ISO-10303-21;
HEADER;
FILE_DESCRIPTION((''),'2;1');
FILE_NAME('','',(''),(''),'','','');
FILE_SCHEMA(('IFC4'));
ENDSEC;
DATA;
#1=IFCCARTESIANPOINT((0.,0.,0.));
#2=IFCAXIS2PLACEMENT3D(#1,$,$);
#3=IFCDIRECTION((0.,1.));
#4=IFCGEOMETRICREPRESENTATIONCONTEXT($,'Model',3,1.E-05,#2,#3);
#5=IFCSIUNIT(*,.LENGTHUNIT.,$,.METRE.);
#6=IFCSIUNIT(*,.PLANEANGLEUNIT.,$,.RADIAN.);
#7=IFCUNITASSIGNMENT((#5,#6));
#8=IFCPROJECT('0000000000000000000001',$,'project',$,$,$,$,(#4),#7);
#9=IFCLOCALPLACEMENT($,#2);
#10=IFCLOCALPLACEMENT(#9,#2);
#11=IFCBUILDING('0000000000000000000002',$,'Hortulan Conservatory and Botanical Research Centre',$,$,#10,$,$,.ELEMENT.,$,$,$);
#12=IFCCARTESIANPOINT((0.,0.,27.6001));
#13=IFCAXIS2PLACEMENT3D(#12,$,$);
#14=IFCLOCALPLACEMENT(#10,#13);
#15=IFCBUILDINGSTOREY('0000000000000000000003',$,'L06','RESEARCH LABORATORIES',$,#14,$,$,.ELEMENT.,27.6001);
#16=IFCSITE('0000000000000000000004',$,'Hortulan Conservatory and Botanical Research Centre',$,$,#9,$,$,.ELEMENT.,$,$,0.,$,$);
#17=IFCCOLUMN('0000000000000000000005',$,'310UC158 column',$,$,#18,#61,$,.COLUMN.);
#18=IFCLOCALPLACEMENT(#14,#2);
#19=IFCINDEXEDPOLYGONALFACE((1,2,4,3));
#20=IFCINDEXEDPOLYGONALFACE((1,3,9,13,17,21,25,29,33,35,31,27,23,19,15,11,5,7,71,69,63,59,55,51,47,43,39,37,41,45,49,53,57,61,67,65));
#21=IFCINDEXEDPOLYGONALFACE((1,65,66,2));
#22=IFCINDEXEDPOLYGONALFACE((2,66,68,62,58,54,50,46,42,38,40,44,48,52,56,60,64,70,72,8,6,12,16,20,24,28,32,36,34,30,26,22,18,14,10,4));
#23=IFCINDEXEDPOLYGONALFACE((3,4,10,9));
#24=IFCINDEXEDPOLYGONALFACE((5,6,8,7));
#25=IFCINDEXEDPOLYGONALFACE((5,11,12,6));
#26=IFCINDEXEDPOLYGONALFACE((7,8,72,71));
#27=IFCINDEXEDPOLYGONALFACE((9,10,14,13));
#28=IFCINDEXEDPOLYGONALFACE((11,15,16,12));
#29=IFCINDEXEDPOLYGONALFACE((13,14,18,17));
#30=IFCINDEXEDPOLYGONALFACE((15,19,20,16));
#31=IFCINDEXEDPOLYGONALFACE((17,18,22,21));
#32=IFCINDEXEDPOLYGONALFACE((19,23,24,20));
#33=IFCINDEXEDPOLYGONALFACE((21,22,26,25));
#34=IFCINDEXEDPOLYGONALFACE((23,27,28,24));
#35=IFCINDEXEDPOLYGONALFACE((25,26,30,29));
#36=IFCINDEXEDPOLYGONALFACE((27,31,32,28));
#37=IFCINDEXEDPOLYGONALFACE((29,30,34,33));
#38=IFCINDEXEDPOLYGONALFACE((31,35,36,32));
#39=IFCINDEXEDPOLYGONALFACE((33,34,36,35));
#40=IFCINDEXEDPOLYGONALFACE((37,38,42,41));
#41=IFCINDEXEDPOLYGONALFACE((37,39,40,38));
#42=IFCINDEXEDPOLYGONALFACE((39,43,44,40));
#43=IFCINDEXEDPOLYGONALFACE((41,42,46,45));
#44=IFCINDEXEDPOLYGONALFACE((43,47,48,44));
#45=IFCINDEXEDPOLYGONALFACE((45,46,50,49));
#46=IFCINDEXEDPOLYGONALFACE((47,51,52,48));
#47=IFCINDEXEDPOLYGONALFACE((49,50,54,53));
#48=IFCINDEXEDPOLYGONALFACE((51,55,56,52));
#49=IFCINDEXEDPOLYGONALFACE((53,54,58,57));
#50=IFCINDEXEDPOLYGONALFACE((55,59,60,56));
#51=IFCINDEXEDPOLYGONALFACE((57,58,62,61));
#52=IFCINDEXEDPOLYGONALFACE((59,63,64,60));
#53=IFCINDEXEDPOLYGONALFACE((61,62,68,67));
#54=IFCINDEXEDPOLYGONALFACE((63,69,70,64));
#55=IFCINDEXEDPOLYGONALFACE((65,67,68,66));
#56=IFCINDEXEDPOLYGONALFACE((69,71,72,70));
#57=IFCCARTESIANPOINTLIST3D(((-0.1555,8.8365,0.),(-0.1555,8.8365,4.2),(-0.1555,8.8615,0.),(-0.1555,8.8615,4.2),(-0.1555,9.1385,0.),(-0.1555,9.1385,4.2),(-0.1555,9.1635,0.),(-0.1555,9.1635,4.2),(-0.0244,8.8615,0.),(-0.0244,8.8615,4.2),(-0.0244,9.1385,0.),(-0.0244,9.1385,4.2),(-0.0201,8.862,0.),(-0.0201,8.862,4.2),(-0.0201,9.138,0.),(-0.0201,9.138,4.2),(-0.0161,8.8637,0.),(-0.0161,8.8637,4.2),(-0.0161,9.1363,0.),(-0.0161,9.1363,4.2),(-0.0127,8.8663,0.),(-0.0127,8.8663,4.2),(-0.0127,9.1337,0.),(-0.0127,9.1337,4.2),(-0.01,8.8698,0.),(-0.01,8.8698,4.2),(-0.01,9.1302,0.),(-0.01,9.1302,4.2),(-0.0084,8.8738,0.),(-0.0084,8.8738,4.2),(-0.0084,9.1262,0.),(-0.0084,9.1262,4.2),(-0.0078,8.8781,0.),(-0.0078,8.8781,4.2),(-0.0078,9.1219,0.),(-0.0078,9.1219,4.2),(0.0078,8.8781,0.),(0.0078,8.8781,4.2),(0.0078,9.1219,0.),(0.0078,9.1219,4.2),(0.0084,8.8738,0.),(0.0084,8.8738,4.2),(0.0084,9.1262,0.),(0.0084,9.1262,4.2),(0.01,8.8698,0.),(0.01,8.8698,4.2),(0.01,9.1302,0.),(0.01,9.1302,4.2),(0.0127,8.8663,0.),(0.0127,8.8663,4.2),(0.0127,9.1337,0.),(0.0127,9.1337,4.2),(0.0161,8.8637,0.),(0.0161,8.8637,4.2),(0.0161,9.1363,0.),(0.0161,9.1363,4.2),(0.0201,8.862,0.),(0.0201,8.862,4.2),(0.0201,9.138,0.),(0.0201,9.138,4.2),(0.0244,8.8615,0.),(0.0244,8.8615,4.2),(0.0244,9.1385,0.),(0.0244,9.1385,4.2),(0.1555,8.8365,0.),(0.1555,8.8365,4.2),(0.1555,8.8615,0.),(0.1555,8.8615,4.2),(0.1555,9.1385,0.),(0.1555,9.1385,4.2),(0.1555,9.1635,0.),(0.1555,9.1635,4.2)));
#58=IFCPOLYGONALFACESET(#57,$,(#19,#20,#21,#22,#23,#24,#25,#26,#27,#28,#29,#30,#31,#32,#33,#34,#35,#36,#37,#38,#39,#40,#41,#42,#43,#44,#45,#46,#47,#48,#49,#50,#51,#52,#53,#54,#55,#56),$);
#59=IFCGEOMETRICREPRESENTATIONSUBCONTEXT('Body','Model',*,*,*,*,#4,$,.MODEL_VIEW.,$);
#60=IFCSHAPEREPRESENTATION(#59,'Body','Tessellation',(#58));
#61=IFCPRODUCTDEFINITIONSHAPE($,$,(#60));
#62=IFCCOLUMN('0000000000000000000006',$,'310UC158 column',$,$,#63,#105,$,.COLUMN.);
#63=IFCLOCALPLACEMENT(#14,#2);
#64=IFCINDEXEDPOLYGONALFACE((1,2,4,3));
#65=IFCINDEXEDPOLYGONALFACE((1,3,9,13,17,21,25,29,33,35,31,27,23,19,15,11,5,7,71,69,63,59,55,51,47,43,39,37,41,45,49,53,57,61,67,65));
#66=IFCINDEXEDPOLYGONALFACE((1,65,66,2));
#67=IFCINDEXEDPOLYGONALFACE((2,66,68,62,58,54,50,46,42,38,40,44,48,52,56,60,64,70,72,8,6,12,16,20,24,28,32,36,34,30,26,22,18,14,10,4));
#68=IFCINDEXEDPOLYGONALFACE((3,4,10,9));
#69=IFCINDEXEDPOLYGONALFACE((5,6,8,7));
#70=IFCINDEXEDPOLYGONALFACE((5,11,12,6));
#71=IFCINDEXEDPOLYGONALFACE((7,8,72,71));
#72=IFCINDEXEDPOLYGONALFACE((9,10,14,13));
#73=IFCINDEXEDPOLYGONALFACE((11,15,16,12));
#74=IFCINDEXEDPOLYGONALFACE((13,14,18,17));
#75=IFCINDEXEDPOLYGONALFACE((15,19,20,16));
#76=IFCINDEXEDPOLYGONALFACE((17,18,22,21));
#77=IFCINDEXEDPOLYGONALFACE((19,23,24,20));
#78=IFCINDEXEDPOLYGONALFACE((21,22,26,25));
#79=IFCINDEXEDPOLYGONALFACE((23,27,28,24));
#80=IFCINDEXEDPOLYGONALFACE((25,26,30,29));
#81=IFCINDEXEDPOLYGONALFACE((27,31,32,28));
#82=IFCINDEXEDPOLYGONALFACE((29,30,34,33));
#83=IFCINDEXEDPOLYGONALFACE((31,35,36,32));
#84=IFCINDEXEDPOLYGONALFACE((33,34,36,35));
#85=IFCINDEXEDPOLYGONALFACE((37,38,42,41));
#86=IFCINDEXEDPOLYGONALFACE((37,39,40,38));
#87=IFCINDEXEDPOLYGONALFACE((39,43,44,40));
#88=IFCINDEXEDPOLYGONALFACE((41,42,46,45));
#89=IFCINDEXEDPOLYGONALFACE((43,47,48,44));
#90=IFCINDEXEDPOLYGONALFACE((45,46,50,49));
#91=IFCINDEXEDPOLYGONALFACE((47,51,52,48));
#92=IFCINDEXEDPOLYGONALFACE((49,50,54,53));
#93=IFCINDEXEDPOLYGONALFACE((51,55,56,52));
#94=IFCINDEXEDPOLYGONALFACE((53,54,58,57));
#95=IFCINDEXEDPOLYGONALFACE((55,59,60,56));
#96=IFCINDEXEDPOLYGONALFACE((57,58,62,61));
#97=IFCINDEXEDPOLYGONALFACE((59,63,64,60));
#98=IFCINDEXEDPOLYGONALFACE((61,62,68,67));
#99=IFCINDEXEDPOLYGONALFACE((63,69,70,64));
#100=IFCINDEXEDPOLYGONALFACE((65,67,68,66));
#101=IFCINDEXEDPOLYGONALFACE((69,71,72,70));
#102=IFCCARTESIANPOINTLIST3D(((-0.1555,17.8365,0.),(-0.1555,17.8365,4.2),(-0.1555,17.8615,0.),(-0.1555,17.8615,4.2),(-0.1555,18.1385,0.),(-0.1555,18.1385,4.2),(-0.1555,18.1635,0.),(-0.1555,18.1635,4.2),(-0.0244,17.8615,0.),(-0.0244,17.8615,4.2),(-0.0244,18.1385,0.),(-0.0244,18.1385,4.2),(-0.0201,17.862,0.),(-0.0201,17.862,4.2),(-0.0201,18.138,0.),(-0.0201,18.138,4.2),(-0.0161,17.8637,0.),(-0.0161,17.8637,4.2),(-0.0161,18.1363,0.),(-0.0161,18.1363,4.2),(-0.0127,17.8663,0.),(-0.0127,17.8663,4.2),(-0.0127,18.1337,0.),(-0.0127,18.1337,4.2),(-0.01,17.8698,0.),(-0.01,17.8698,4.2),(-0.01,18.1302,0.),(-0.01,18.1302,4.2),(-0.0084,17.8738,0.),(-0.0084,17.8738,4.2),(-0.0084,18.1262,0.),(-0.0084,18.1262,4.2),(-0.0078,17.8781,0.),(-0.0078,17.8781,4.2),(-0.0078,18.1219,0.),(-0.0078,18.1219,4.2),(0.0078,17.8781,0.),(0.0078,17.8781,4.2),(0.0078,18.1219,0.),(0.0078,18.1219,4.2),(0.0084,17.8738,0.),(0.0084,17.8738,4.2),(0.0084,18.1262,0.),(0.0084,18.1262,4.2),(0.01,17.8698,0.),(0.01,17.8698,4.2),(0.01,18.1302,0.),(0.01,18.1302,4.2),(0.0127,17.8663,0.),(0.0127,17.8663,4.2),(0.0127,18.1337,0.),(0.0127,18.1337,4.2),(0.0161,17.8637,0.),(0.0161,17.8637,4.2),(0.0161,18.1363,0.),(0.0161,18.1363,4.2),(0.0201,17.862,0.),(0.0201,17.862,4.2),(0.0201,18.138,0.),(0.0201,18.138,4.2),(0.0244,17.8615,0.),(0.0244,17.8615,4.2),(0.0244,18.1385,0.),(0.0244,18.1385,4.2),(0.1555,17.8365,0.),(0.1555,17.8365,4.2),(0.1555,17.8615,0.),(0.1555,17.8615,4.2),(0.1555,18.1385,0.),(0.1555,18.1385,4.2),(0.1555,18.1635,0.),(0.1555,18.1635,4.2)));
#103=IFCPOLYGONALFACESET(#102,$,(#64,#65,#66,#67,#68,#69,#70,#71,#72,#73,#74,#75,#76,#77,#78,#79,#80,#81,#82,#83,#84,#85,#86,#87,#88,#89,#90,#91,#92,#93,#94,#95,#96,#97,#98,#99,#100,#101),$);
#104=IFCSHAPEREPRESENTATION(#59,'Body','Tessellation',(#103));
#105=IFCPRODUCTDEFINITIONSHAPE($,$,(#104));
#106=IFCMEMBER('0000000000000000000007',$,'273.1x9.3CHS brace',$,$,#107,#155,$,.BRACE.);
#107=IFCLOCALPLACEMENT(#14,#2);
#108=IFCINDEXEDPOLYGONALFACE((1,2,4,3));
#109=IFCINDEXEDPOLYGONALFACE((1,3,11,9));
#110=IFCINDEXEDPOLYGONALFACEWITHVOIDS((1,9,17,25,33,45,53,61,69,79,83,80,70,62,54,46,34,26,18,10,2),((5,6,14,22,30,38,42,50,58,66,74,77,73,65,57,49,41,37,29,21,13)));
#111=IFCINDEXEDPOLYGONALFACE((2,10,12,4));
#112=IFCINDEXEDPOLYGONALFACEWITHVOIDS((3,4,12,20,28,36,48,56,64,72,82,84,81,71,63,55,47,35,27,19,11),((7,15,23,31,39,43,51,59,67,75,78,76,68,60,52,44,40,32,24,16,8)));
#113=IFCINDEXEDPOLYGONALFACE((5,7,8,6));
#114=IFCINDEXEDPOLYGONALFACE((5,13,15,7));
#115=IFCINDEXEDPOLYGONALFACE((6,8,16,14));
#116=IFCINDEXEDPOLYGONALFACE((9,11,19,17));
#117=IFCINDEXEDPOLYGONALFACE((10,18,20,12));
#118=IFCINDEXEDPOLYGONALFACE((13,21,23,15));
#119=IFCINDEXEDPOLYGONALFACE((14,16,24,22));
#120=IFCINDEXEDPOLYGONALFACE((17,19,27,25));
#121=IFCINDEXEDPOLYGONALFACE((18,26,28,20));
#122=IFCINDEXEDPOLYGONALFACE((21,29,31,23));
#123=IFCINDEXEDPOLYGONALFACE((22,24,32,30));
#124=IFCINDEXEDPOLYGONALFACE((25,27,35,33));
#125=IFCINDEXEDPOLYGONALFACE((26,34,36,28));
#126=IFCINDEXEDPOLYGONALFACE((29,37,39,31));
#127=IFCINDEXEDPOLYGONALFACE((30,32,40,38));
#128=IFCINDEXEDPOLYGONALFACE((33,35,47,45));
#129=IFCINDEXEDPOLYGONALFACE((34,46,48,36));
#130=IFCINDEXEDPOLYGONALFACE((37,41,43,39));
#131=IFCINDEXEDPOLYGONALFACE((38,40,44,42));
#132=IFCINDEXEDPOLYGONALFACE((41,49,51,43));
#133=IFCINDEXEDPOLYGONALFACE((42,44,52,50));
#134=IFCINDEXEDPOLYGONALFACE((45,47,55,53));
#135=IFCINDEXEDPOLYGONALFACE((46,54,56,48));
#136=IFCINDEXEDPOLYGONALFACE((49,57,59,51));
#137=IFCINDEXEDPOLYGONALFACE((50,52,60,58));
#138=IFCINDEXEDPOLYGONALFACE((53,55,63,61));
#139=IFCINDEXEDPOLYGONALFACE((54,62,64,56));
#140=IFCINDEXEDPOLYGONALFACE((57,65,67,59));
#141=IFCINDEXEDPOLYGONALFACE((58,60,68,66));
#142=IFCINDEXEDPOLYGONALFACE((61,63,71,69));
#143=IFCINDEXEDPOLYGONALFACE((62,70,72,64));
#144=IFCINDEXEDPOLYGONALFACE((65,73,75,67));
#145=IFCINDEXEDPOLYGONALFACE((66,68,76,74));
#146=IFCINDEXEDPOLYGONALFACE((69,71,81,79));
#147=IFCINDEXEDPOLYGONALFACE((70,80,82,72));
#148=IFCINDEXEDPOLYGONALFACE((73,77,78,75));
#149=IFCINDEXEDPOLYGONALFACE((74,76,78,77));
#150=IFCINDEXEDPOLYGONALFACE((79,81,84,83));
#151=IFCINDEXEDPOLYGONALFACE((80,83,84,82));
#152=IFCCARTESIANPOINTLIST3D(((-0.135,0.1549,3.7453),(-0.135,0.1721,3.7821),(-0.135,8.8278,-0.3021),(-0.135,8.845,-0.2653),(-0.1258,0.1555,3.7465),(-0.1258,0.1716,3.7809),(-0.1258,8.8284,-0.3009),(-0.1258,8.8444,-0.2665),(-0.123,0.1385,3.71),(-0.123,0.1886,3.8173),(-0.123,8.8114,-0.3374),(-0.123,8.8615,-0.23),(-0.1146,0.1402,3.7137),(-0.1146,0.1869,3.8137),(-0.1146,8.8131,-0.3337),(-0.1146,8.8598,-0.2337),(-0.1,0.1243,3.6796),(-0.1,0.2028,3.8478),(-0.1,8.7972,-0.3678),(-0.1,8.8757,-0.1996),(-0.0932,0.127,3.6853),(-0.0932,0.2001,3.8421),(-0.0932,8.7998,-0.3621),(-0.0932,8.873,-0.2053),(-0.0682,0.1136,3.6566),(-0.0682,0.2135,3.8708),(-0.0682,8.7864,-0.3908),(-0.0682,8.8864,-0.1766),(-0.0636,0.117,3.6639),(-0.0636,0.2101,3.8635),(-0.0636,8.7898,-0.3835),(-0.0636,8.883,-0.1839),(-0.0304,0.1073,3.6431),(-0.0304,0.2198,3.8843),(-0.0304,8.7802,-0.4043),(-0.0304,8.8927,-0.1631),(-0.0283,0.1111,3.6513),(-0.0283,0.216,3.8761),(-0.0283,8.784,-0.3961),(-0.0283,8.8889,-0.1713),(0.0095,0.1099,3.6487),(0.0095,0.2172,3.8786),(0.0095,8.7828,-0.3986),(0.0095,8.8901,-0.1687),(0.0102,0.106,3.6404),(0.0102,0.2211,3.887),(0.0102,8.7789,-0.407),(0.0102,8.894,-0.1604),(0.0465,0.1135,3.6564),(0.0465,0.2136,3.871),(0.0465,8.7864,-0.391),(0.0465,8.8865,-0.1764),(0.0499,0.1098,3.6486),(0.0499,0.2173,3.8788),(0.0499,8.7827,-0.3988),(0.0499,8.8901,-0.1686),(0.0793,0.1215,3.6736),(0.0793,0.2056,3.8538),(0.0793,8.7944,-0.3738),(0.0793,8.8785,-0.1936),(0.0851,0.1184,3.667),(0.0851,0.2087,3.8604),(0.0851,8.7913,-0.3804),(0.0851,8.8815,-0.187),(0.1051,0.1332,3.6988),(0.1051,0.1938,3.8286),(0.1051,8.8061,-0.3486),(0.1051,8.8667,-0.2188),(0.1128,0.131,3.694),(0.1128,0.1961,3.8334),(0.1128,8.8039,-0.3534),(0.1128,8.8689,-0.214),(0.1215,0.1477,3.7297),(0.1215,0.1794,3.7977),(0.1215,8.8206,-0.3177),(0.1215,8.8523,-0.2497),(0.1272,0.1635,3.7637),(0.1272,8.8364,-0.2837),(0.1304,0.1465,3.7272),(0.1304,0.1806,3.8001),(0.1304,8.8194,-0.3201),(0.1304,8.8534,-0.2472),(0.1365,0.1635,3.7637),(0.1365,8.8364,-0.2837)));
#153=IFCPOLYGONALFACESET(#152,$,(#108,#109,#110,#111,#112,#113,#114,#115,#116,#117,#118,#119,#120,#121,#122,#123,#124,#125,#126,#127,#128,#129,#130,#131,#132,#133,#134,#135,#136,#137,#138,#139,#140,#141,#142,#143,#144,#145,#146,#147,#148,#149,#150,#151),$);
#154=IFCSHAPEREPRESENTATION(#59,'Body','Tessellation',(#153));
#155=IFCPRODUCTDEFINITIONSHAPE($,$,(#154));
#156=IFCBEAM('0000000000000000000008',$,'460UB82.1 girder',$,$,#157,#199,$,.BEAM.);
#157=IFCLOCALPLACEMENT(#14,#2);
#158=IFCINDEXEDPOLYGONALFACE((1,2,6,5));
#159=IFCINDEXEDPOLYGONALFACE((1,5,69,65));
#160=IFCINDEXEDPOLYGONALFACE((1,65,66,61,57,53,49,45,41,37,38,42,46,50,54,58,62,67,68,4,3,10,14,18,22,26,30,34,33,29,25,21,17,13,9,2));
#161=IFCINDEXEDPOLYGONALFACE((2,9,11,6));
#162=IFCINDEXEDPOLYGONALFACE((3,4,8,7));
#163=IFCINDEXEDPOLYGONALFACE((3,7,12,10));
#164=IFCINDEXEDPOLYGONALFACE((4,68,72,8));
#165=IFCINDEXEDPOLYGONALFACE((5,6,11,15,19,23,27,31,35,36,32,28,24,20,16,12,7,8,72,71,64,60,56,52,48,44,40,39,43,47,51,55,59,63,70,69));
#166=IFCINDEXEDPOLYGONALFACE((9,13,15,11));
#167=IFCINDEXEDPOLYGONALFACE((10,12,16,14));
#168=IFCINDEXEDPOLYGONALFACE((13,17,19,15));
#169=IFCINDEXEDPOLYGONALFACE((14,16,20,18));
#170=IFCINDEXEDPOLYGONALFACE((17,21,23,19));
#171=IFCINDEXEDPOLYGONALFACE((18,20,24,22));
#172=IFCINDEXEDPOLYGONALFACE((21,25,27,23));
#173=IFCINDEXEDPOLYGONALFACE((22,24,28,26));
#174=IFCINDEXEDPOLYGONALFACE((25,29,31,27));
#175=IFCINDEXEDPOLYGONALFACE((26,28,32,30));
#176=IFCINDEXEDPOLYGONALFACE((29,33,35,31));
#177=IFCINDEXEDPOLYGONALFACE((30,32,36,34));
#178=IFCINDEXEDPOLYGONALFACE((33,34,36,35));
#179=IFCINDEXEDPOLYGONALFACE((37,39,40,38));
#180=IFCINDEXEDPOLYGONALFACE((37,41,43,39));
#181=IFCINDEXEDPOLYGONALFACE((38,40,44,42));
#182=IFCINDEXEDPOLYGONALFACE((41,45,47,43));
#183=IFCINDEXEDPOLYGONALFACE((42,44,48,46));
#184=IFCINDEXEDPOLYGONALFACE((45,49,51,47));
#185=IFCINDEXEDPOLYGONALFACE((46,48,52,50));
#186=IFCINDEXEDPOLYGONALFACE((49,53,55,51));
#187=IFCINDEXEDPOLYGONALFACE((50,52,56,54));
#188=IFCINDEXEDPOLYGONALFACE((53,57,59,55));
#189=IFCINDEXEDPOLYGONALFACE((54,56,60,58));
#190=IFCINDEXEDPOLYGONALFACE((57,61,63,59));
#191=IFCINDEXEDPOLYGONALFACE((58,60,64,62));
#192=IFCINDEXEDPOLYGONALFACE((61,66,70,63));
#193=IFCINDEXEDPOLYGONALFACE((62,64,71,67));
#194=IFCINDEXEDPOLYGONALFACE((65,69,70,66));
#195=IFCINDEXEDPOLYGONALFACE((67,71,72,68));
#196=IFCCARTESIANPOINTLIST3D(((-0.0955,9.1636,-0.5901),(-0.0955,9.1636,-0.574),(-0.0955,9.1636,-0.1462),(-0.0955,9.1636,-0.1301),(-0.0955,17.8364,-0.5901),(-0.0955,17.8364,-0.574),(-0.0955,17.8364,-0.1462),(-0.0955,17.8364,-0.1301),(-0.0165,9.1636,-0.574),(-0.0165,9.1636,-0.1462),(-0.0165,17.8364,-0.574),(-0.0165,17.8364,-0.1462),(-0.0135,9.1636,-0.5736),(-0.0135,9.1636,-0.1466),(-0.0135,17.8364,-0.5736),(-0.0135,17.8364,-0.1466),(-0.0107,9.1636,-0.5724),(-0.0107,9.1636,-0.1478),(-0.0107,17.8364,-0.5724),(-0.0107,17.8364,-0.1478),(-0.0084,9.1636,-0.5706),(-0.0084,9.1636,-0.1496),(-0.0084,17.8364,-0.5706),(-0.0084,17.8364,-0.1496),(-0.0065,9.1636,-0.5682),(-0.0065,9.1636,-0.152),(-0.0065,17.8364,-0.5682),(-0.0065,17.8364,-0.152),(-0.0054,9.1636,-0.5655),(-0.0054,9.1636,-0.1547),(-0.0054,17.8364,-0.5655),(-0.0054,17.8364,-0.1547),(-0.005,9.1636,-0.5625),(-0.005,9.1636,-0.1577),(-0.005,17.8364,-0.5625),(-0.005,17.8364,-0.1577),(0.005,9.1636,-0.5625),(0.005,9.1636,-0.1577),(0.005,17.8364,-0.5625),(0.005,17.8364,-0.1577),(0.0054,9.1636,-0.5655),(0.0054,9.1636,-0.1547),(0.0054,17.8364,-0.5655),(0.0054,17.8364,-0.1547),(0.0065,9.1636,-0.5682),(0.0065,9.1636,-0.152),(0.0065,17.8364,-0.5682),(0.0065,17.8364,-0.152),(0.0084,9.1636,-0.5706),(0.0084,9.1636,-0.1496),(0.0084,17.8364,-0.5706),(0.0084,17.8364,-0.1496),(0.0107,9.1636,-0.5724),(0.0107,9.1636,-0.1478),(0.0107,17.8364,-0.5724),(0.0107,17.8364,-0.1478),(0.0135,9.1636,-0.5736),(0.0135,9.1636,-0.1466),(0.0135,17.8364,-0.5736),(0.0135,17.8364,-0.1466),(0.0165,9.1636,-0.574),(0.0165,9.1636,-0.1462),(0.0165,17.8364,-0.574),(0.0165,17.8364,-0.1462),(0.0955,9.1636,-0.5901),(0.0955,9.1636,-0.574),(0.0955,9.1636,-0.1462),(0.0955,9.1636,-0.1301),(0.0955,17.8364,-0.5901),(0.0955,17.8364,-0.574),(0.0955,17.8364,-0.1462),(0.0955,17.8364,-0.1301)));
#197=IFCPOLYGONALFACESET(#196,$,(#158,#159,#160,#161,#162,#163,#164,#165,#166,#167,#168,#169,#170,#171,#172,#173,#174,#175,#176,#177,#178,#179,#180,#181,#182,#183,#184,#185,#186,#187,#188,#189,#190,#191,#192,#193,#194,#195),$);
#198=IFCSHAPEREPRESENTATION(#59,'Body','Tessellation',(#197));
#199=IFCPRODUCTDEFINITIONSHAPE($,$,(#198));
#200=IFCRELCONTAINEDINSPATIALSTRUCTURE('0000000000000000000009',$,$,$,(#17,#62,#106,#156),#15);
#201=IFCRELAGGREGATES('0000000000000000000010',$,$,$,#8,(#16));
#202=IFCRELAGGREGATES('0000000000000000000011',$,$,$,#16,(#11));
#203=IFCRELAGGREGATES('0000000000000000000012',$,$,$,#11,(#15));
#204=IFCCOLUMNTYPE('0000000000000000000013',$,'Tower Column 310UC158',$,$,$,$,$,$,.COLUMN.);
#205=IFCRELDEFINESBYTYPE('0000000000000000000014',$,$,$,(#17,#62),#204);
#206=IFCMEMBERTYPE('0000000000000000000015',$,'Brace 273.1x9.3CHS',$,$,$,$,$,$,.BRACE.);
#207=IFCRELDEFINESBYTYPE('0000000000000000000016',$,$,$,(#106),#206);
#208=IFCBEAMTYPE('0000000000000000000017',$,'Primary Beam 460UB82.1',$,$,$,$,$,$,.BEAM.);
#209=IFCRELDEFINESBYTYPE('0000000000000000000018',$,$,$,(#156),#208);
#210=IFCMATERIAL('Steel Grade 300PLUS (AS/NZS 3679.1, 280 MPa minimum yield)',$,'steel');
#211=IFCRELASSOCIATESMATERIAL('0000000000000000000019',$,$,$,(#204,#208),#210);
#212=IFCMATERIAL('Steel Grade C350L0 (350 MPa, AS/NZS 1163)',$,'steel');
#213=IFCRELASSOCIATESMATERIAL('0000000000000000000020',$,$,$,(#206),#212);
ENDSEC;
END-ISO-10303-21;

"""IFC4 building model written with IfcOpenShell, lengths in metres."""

from ifc_helpers import new_model, si_unit, direction, frame, origin, origin_2d, place, context, subcontext, project, spatial, hollow_circle, i_section, extrude, material, material_profile, profile_set, type_object, element, save


model = new_model("IFC4")

# Units and contexts
model_context = context("Model", 3, precision=1e-05, world=origin(), true_north=direction((0.0, 1.0)))
body_context = subcontext(model_context, "Body", "Model", "MODEL_VIEW")
ifc_project = project(units=[si_unit("LENGTHUNIT", "METRE"), si_unit("PLANEANGLEUNIT", "RADIAN")], contexts=[model_context])

# Site, building, storey
site_placement = place(None, origin())
site = spatial("IfcSite", under=ifc_project, at=site_placement, Name="Hortulan Conservatory and Botanical Research Centre", CompositionType="ELEMENT", RefElevation=0.0)
building_placement = place(site_placement, origin())
building = spatial("IfcBuilding", under=site, at=building_placement, Name="Hortulan Conservatory and Botanical Research Centre", CompositionType="ELEMENT")
storey_placement = place(building_placement, frame((0.0, 0.0, 27.6001)))
storey = spatial("IfcBuildingStorey", under=building, at=storey_placement, Name="L06", Description="RESEARCH LABORATORIES", CompositionType="ELEMENT", Elevation=27.6001)

# Columns
ifc_material_1 = material(Name="Steel Grade 300PLUS (AS/NZS 3679.1, 280 MPa minimum yield)", Category="steel")
ifc_material_profile_1 = material_profile(ifc_material_1, i_section(OverallWidth=0.311, OverallDepth=0.3269, WebThickness=0.0156, FlangeThickness=0.0249, FilletRadius=0.0166, at=origin_2d()), Name="310UC158")
ifc_profile_set_1 = profile_set([ifc_material_profile_1], Name="Steel Grade 300PLUS (AS/NZS 3679.1, 280 MPa minimum yield)")
column_type = type_object("IfcColumnType", Name="Tower Column 310UC158", PredefinedType="COLUMN", material=ifc_profile_set_1)
for number, where, z_axis, x_axis, name in (
    (1, (0.0, 9.0, 0.0), (0.0, 0.0, 1.0), (1.0, 0.0, 0.0), "310UC158 column"),
    (2, (0.0, 18.0, 0.0), (0.0, 0.0, 1.0), (1.0, 0.0, 0.0), "310UC158 column"),
):
    element("IfcColumn", number, at=place(storey_placement, frame(where, z_axis=z_axis, x_axis=x_axis)), inside=storey, type_object=column_type, Name=name, PredefinedType="COLUMN", context=body_context, shape_type="SweptSolid", body=[
        extrude(i_section(OverallWidth=0.311, OverallDepth=0.3269, WebThickness=0.0156, FlangeThickness=0.0249, FilletRadius=0.0166, at=origin_2d()), origin(), (0.0, 0.0, 1.0), 4.2),
    ])

# Member
ifc_material_2 = material(Name="Steel Grade C350L0 (350 MPa, AS/NZS 1163)", Category="steel")
ifc_material_profile_2 = material_profile(ifc_material_2, hollow_circle(Radius=0.1365, WallThickness=0.0093, at=origin_2d()), Name="273.1x9.3CHS")
ifc_profile_set_2 = profile_set([ifc_material_profile_2], Name="Steel Grade C350L0 (350 MPa, AS/NZS 1163)")
member_type = type_object("IfcMemberType", Name="Brace 273.1x9.3CHS", PredefinedType="BRACE", material=ifc_profile_set_2)
member_placement = place(storey_placement, frame((0.0, 8.8364, -0.2837), z_axis=(0.0, -0.906182, 0.422888), x_axis=(1.0, 0.0, 0.0)))
element("IfcMember", 3, at=member_placement, inside=storey, type_object=member_type, Name="273.1x9.3CHS brace", PredefinedType="BRACE", context=body_context, shape_type="SweptSolid", body=[
    extrude(hollow_circle(Radius=0.1365, WallThickness=0.0093, at=origin_2d()), origin(), (0.0, 0.0, 1.0), 9.5708),
])

# Beam
ifc_material_profile_3 = material_profile(ifc_material_1, i_section(OverallWidth=0.1909, OverallDepth=0.46, WebThickness=0.01, FlangeThickness=0.0161, FilletRadius=0.0115, at=origin_2d()), Name="460UB82.1")
ifc_profile_set_3 = profile_set([ifc_material_profile_3], Name="Steel Grade 300PLUS (AS/NZS 3679.1, 280 MPa minimum yield)")
beam_type_1 = type_object("IfcBeamType", Name="Primary Beam 460UB82.1", PredefinedType="BEAM", material=ifc_profile_set_3)
beam_placement = place(storey_placement, frame((0.0, 9.1636, -0.3601), z_axis=(0.0, 1.0, 0.0), x_axis=(-1.0, 0.0, 0.0)))
element("IfcBeam", 4, at=beam_placement, inside=storey, type_object=beam_type_1, Name="460UB82.1 girder", PredefinedType="BEAM", context=body_context, shape_type="SweptSolid", body=[
    extrude(i_section(OverallWidth=0.1909, OverallDepth=0.46, WebThickness=0.01, FlangeThickness=0.0161, FilletRadius=0.0115, at=origin_2d()), origin(), (0.0, 0.0, 1.0), 8.6729),
])

save(model, "model.ifc")
